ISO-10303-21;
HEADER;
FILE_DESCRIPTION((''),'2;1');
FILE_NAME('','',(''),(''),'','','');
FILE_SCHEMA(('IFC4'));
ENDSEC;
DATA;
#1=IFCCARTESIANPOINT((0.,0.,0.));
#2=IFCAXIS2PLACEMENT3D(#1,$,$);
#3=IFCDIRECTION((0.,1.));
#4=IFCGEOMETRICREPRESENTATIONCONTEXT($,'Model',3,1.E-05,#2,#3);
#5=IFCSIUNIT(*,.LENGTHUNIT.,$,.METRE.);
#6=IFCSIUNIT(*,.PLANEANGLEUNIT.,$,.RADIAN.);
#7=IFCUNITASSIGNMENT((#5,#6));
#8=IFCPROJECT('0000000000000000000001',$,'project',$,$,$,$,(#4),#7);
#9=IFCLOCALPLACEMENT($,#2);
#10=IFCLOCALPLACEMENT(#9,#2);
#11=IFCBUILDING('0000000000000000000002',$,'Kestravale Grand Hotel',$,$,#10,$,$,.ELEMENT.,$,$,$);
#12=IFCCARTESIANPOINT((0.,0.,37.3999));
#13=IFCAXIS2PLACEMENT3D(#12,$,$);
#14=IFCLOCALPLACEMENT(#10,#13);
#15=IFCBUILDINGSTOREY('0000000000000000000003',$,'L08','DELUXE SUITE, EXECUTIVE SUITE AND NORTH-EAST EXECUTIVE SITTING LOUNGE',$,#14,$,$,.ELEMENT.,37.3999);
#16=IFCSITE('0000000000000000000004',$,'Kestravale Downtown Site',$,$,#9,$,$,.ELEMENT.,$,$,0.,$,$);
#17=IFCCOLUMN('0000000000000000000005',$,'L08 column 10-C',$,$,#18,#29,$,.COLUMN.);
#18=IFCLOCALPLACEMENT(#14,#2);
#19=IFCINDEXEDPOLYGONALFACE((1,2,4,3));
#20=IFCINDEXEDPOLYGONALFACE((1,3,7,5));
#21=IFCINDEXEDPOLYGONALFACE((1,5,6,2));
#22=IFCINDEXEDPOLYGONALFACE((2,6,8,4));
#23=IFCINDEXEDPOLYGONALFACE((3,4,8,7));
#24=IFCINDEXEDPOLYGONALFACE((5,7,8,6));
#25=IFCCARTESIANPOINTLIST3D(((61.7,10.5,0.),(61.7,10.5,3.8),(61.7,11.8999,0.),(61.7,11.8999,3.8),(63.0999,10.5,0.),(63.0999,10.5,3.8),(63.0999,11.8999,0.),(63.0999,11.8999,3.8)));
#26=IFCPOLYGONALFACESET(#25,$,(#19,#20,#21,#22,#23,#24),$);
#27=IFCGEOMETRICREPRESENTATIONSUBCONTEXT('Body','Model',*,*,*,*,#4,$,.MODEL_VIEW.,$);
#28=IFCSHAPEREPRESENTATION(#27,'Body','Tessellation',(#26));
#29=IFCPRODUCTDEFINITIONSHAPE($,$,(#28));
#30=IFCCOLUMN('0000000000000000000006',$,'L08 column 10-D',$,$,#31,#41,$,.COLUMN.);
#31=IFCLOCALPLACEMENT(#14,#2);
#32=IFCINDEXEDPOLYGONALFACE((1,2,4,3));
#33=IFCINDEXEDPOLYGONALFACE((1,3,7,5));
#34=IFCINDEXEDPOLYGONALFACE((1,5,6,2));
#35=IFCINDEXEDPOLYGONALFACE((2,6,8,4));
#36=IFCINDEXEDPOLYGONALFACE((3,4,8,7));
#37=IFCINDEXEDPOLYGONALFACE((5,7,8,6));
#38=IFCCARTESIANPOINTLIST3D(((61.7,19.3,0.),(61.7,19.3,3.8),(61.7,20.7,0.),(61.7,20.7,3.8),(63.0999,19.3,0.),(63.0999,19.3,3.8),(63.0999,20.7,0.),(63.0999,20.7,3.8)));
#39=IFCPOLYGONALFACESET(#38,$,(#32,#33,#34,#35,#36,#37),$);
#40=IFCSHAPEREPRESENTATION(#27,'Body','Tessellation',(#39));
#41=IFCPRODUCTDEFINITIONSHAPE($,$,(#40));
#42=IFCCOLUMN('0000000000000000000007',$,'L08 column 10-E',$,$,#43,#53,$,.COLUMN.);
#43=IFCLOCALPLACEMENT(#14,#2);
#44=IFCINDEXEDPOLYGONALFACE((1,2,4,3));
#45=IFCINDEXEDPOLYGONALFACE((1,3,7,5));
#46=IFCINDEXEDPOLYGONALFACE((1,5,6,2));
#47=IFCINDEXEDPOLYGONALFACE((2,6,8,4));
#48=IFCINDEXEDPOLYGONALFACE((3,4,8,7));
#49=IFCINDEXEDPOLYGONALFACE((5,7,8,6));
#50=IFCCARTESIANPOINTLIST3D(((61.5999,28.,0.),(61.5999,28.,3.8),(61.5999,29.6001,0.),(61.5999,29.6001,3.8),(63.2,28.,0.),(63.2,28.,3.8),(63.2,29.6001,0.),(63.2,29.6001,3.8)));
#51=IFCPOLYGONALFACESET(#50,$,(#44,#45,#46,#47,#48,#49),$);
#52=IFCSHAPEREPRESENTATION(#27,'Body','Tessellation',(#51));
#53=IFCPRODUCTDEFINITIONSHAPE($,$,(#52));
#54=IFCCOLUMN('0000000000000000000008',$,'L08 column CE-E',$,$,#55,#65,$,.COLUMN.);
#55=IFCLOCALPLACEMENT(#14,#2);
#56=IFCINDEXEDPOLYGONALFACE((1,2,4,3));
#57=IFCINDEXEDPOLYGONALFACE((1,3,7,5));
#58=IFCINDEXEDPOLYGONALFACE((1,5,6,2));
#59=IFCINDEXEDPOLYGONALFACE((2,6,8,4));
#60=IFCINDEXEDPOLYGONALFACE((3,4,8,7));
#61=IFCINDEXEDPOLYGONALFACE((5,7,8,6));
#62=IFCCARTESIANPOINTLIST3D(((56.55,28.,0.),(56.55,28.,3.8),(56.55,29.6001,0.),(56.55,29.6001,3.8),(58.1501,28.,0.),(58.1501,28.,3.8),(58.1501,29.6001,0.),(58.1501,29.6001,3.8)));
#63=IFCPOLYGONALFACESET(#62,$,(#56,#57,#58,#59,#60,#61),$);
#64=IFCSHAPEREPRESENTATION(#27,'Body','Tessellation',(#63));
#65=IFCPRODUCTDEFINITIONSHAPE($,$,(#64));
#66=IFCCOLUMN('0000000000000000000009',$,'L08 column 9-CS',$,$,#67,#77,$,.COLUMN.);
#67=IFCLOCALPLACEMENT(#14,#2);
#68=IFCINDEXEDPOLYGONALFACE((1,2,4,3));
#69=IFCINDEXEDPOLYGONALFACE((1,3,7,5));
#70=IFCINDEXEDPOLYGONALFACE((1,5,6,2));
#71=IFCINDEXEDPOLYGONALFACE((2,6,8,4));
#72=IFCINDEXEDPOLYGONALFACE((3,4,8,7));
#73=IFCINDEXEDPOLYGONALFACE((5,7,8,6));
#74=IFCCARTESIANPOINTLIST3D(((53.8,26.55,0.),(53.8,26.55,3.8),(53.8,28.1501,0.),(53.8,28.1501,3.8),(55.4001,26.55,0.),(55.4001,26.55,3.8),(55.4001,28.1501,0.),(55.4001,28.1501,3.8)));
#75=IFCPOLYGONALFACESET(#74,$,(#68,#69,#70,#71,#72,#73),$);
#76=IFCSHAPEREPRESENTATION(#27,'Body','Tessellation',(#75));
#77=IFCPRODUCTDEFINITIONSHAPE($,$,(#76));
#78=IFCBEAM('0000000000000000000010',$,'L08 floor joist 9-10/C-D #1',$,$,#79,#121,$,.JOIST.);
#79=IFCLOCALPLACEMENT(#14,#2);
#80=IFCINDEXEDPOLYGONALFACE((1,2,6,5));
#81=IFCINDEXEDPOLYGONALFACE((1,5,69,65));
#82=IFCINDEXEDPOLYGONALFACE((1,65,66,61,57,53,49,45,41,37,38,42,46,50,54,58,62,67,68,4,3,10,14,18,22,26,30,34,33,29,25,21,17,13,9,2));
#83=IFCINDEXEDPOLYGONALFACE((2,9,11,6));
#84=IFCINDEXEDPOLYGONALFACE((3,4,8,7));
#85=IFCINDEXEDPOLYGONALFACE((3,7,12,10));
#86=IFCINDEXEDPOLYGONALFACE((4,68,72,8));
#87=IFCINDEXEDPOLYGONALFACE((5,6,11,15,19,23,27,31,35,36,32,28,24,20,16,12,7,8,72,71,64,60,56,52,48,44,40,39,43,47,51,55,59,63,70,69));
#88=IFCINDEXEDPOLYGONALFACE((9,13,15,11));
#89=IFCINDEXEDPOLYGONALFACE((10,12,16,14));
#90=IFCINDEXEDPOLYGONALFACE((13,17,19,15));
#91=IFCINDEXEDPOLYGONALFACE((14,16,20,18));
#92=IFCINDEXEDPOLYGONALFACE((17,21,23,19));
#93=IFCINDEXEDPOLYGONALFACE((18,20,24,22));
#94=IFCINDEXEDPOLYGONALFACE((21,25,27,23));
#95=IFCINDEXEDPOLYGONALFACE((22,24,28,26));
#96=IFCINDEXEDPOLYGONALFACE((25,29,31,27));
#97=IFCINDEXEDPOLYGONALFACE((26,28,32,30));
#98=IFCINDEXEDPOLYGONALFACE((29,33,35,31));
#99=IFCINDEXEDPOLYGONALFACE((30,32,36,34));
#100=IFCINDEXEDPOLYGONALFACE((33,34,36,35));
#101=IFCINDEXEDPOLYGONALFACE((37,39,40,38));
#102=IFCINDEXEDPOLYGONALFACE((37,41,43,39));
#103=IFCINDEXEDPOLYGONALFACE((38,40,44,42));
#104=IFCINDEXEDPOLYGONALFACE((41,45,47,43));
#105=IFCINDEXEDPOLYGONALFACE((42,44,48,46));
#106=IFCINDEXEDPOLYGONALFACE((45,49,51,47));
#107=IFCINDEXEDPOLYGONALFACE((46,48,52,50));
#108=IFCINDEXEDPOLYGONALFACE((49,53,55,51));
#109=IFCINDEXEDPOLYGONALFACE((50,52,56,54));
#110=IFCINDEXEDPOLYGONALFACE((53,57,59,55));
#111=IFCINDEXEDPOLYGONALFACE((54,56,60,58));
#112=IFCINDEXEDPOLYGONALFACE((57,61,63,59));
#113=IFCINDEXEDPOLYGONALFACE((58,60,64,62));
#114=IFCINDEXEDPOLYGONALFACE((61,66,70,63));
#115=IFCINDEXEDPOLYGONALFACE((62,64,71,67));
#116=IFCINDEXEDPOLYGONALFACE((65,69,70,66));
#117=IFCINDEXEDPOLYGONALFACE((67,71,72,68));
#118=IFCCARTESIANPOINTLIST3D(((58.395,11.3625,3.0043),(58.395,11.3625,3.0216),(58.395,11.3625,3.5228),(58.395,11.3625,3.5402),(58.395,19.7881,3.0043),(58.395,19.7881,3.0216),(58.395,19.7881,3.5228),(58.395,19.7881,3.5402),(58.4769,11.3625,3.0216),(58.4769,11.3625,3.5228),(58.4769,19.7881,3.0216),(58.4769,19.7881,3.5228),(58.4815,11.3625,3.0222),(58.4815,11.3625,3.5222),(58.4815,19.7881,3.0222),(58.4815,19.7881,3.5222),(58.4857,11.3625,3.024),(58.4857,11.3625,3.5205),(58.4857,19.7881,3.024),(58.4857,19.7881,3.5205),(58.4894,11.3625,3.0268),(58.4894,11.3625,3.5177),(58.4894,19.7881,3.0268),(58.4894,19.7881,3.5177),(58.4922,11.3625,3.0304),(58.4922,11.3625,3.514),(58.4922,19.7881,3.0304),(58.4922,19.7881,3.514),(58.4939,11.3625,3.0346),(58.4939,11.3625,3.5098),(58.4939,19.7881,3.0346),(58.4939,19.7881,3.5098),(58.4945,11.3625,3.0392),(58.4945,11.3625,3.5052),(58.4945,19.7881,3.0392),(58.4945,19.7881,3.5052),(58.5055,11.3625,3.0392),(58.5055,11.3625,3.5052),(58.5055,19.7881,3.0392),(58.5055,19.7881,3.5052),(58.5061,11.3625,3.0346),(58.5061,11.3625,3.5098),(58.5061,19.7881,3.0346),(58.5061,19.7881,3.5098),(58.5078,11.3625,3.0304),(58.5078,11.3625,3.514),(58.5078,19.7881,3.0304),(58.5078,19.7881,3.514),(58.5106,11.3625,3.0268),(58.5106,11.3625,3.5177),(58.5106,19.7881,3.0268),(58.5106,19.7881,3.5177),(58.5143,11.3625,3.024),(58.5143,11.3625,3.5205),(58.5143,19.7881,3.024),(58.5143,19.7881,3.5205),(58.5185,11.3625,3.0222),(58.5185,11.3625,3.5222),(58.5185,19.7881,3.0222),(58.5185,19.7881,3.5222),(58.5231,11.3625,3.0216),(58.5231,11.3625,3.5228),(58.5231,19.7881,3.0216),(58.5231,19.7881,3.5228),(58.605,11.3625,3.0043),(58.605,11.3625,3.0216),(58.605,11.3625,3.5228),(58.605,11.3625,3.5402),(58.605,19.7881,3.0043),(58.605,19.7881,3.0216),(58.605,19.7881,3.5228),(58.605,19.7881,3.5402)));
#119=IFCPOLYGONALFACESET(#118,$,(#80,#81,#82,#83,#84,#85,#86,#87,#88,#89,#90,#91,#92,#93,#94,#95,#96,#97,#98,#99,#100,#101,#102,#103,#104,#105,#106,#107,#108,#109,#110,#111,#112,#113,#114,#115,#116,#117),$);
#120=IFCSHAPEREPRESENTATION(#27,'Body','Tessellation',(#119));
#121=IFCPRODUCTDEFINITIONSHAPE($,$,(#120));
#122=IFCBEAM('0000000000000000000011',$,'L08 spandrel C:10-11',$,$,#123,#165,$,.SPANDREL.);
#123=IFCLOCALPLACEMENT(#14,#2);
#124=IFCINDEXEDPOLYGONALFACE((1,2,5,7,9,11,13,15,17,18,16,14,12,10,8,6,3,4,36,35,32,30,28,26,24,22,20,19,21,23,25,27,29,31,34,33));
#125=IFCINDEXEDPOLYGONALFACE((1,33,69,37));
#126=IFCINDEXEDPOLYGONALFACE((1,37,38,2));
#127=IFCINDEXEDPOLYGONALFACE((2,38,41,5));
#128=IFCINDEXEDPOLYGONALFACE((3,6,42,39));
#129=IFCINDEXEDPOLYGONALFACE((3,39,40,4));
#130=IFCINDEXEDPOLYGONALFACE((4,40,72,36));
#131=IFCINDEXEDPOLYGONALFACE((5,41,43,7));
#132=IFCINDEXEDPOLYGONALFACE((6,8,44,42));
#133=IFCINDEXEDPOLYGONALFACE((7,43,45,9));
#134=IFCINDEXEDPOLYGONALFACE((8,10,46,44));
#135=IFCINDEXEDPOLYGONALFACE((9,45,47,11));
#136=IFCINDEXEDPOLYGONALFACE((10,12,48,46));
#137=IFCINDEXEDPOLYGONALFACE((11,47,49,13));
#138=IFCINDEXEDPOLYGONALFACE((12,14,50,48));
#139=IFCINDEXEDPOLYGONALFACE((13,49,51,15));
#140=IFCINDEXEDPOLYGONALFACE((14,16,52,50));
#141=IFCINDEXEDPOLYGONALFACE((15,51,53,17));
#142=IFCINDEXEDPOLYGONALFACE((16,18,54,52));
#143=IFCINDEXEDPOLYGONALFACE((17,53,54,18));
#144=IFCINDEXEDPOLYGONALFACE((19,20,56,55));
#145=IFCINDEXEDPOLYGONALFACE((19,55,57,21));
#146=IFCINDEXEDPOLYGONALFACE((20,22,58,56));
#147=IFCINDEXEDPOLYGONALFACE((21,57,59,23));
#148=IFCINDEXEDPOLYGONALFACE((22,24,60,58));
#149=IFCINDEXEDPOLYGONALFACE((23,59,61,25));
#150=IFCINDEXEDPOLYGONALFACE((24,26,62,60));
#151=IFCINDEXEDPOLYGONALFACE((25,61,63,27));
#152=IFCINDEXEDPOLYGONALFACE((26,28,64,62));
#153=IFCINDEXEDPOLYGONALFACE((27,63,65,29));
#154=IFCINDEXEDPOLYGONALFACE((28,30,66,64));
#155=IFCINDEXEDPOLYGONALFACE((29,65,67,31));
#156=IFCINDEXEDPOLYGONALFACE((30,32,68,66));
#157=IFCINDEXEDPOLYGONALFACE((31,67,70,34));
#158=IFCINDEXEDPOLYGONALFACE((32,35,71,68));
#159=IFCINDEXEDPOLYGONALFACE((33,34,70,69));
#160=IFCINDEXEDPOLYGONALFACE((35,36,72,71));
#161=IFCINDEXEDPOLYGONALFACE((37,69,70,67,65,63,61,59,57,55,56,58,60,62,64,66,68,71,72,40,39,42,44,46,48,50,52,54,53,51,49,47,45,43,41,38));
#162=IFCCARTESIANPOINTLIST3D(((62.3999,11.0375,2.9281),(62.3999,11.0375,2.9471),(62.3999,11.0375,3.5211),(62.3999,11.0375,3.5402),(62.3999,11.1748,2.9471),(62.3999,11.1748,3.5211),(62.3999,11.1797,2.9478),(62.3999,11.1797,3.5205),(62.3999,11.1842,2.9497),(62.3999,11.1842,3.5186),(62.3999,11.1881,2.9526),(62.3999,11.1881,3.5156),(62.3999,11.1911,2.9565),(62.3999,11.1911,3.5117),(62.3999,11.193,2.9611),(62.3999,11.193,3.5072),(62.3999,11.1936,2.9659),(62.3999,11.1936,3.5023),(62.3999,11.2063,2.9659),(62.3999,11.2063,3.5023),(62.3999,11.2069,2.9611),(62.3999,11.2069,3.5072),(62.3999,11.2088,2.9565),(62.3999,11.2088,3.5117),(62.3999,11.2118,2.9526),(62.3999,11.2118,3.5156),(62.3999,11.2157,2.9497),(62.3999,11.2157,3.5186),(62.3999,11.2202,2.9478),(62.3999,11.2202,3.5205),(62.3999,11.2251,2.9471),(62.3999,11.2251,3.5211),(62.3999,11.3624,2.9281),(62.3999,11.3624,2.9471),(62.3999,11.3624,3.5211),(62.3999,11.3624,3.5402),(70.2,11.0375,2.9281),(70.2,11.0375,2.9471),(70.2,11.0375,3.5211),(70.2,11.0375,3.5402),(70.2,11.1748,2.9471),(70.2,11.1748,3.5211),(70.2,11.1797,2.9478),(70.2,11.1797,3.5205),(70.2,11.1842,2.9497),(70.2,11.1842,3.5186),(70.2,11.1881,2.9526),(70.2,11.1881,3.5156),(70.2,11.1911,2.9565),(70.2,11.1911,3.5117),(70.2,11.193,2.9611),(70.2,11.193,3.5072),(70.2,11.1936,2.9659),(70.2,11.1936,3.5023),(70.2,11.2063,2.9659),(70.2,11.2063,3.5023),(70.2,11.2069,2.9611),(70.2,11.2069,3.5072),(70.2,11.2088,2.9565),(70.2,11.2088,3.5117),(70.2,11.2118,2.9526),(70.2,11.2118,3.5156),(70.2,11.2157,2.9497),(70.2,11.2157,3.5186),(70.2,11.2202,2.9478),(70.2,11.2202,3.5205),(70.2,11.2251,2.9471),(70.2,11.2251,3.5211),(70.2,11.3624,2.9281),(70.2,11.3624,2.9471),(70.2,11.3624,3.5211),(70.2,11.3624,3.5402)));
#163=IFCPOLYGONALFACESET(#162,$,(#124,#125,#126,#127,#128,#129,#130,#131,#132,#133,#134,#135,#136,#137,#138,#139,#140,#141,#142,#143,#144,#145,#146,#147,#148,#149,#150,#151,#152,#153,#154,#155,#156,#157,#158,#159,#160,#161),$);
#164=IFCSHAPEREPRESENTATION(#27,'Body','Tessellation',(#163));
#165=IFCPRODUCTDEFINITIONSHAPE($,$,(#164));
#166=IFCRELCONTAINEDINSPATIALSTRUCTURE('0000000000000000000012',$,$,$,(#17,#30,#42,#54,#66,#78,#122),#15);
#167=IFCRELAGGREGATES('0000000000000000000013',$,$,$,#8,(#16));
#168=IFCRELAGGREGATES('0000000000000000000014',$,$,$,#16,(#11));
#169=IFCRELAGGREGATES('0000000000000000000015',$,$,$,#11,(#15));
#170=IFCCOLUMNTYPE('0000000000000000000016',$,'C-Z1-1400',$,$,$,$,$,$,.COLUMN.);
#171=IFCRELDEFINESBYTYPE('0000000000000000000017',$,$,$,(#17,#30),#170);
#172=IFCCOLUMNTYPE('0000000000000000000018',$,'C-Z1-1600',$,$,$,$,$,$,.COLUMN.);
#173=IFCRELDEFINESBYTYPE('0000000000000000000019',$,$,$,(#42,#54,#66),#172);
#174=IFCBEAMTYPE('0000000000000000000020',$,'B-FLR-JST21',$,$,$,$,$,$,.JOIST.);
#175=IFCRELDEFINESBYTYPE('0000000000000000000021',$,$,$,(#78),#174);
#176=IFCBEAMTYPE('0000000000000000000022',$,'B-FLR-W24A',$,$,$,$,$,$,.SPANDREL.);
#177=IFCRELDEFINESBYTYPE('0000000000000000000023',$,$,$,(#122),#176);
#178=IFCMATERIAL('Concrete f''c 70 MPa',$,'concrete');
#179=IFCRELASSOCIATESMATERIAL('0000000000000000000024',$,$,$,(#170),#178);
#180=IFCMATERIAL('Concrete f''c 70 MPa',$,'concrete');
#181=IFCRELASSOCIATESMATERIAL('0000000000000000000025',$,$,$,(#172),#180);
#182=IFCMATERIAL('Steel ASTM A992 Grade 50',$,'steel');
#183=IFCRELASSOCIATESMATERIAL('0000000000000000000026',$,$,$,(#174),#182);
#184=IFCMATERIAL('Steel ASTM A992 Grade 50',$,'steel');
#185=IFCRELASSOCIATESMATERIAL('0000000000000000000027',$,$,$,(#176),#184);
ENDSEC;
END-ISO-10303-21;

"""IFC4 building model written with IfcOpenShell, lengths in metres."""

from ifc_helpers import new_model, si_unit, direction, frame, origin, origin_2d, place, context, subcontext, project, spatial, rectangle, i_section, extrude, material, material_profile, profile_set, type_object, element, save


model = new_model("IFC4")

# Units and contexts
model_context = context("Model", 3, precision=1e-05, world=origin(), true_north=direction((0.0, 1.0)))
body_context = subcontext(model_context, "Body", "Model", "MODEL_VIEW")
ifc_project = project(units=[si_unit("LENGTHUNIT", "METRE"), si_unit("PLANEANGLEUNIT", "RADIAN")], contexts=[model_context])

# Site, building, storey
site_placement = place(None, origin())
site = spatial("IfcSite", under=ifc_project, at=site_placement, Name="Kestravale Downtown Site", CompositionType="ELEMENT", RefElevation=0.0)
building_placement = place(site_placement, origin())
building = spatial("IfcBuilding", under=site, at=building_placement, Name="Kestravale Grand Hotel", CompositionType="ELEMENT")
storey_placement = place(building_placement, frame((0.0, 0.0, 37.3999)))
storey = spatial("IfcBuildingStorey", under=building, at=storey_placement, Name="L08", Description="DELUXE SUITE, EXECUTIVE SUITE AND NORTH-EAST EXECUTIVE SITTING LOUNGE", CompositionType="ELEMENT", Elevation=37.3999)

# Columns
ifc_material_1 = material(Name="Concrete f'c 70 MPa", Category="concrete")
ifc_material_profile_1 = material_profile(ifc_material_1, rectangle(XDim=1.3999, YDim=1.3999, at=origin_2d()))
ifc_profile_set_1 = profile_set([ifc_material_profile_1], Name="Concrete f'c 70 MPa")
column_type_1 = type_object("IfcColumnType", Name="C-Z1-1400", PredefinedType="COLUMN", material=ifc_profile_set_1)
for number, where, z_axis, x_axis, name in (
    (1, (62.3999, 11.2, 0.0), (0.0, 0.0, 1.0), (1.0, 0.0, 0.0), "L08 column 10-C"),
    (2, (62.3999, 20.0, 0.0), (0.0, 0.0, 1.0), (1.0, 0.0, 0.0), "L08 column 10-D"),
):
    element("IfcColumn", number, at=place(storey_placement, frame(where, z_axis=z_axis, x_axis=x_axis)), inside=storey, type_object=column_type_1, Name=name, PredefinedType="COLUMN", context=body_context, shape_type="SweptSolid", body=[
        extrude(rectangle(XDim=1.3999, YDim=1.3999, at=origin_2d()), origin(), (0.0, 0.0, 1.0), 3.8),
    ])
ifc_material_2 = material(Name="Concrete f'c 70 MPa", Category="concrete")
ifc_material_profile_2 = material_profile(ifc_material_2, rectangle(XDim=1.6001, YDim=1.6001, at=origin_2d()))
ifc_profile_set_2 = profile_set([ifc_material_profile_2], Name="Concrete f'c 70 MPa")
column_type_2 = type_object("IfcColumnType", Name="C-Z1-1600", PredefinedType="COLUMN", material=ifc_profile_set_2)
for number, where, z_axis, x_axis, name in (
    (3, (62.3999, 28.8, 0.0), (0.0, 0.0, 1.0), (1.0, 0.0, 0.0), "L08 column 10-E"),
    (4, (57.3501, 28.8, 0.0), (0.0, 0.0, 1.0), (1.0, 0.0, 0.0), "L08 column CE-E"),
    (5, (54.6001, 27.3501, 0.0), (0.0, 0.0, 1.0), (1.0, 0.0, 0.0), "L08 column 9-CS"),
):
    element("IfcColumn", number, at=place(storey_placement, frame(where, z_axis=z_axis, x_axis=x_axis)), inside=storey, type_object=column_type_2, Name=name, PredefinedType="COLUMN", context=body_context, shape_type="SweptSolid", body=[
        extrude(rectangle(XDim=1.6001, YDim=1.6001, at=origin_2d()), origin(), (0.0, 0.0, 1.0), 3.8),
    ])

# Beams
ifc_material_3 = material(Name="Steel ASTM A992 Grade 50", Category="steel")
ifc_material_profile_3 = material_profile(ifc_material_3, i_section(OverallWidth=0.21, OverallDepth=0.5359, WebThickness=0.011, FlangeThickness=0.0173, FilletRadius=0.0176, at=origin_2d()))
ifc_profile_set_3 = profile_set([ifc_material_profile_3], Name="Steel ASTM A992 Grade 50")
beam_type_1 = type_object("IfcBeamType", Name="B-FLR-JST21", PredefinedType="JOIST", material=ifc_profile_set_3)
beam_1_placement = place(storey_placement, frame((58.5, 11.3625, 3.2722), z_axis=(0.0, 1.0, 0.0), x_axis=(-1.0, 0.0, 0.0)))
element("IfcBeam", 6, at=beam_1_placement, inside=storey, type_object=beam_type_1, Name="L08 floor joist 9-10/C-D #1", PredefinedType="JOIST", context=body_context, shape_type="SweptSolid", body=[
    extrude(i_section(OverallWidth=0.21, OverallDepth=0.5359, WebThickness=0.011, FlangeThickness=0.0173, FilletRadius=0.0176, at=origin_2d()), origin(), (0.0, 0.0, 1.0), 8.4255),
])
ifc_material_4 = material(Name="Steel ASTM A992 Grade 50", Category="steel")
ifc_material_profile_4 = material_profile(ifc_material_4, i_section(OverallWidth=0.325, OverallDepth=0.6121, WebThickness=0.0127, FlangeThickness=0.019, FilletRadius=0.0188, at=origin_2d()))
ifc_profile_set_4 = profile_set([ifc_material_profile_4], Name="Steel ASTM A992 Grade 50")
beam_type_2 = type_object("IfcBeamType", Name="B-FLR-W24A", PredefinedType="SPANDREL", material=ifc_profile_set_4)
beam_2_placement = place(storey_placement, frame((62.3999, 11.2, 3.2341), z_axis=(1.0, 0.0, 0.0), x_axis=(0.0, 1.0, 0.0)))
element("IfcBeam", 7, at=beam_2_placement, inside=storey, type_object=beam_type_2, Name="L08 spandrel C:10-11", PredefinedType="SPANDREL", context=body_context, shape_type="SweptSolid", body=[
    extrude(i_section(OverallWidth=0.325, OverallDepth=0.6121, WebThickness=0.0127, FlangeThickness=0.019, FilletRadius=0.0188, at=origin_2d()), origin(), (0.0, 0.0, 1.0), 7.8),
])

save(model, "model.ifc")
